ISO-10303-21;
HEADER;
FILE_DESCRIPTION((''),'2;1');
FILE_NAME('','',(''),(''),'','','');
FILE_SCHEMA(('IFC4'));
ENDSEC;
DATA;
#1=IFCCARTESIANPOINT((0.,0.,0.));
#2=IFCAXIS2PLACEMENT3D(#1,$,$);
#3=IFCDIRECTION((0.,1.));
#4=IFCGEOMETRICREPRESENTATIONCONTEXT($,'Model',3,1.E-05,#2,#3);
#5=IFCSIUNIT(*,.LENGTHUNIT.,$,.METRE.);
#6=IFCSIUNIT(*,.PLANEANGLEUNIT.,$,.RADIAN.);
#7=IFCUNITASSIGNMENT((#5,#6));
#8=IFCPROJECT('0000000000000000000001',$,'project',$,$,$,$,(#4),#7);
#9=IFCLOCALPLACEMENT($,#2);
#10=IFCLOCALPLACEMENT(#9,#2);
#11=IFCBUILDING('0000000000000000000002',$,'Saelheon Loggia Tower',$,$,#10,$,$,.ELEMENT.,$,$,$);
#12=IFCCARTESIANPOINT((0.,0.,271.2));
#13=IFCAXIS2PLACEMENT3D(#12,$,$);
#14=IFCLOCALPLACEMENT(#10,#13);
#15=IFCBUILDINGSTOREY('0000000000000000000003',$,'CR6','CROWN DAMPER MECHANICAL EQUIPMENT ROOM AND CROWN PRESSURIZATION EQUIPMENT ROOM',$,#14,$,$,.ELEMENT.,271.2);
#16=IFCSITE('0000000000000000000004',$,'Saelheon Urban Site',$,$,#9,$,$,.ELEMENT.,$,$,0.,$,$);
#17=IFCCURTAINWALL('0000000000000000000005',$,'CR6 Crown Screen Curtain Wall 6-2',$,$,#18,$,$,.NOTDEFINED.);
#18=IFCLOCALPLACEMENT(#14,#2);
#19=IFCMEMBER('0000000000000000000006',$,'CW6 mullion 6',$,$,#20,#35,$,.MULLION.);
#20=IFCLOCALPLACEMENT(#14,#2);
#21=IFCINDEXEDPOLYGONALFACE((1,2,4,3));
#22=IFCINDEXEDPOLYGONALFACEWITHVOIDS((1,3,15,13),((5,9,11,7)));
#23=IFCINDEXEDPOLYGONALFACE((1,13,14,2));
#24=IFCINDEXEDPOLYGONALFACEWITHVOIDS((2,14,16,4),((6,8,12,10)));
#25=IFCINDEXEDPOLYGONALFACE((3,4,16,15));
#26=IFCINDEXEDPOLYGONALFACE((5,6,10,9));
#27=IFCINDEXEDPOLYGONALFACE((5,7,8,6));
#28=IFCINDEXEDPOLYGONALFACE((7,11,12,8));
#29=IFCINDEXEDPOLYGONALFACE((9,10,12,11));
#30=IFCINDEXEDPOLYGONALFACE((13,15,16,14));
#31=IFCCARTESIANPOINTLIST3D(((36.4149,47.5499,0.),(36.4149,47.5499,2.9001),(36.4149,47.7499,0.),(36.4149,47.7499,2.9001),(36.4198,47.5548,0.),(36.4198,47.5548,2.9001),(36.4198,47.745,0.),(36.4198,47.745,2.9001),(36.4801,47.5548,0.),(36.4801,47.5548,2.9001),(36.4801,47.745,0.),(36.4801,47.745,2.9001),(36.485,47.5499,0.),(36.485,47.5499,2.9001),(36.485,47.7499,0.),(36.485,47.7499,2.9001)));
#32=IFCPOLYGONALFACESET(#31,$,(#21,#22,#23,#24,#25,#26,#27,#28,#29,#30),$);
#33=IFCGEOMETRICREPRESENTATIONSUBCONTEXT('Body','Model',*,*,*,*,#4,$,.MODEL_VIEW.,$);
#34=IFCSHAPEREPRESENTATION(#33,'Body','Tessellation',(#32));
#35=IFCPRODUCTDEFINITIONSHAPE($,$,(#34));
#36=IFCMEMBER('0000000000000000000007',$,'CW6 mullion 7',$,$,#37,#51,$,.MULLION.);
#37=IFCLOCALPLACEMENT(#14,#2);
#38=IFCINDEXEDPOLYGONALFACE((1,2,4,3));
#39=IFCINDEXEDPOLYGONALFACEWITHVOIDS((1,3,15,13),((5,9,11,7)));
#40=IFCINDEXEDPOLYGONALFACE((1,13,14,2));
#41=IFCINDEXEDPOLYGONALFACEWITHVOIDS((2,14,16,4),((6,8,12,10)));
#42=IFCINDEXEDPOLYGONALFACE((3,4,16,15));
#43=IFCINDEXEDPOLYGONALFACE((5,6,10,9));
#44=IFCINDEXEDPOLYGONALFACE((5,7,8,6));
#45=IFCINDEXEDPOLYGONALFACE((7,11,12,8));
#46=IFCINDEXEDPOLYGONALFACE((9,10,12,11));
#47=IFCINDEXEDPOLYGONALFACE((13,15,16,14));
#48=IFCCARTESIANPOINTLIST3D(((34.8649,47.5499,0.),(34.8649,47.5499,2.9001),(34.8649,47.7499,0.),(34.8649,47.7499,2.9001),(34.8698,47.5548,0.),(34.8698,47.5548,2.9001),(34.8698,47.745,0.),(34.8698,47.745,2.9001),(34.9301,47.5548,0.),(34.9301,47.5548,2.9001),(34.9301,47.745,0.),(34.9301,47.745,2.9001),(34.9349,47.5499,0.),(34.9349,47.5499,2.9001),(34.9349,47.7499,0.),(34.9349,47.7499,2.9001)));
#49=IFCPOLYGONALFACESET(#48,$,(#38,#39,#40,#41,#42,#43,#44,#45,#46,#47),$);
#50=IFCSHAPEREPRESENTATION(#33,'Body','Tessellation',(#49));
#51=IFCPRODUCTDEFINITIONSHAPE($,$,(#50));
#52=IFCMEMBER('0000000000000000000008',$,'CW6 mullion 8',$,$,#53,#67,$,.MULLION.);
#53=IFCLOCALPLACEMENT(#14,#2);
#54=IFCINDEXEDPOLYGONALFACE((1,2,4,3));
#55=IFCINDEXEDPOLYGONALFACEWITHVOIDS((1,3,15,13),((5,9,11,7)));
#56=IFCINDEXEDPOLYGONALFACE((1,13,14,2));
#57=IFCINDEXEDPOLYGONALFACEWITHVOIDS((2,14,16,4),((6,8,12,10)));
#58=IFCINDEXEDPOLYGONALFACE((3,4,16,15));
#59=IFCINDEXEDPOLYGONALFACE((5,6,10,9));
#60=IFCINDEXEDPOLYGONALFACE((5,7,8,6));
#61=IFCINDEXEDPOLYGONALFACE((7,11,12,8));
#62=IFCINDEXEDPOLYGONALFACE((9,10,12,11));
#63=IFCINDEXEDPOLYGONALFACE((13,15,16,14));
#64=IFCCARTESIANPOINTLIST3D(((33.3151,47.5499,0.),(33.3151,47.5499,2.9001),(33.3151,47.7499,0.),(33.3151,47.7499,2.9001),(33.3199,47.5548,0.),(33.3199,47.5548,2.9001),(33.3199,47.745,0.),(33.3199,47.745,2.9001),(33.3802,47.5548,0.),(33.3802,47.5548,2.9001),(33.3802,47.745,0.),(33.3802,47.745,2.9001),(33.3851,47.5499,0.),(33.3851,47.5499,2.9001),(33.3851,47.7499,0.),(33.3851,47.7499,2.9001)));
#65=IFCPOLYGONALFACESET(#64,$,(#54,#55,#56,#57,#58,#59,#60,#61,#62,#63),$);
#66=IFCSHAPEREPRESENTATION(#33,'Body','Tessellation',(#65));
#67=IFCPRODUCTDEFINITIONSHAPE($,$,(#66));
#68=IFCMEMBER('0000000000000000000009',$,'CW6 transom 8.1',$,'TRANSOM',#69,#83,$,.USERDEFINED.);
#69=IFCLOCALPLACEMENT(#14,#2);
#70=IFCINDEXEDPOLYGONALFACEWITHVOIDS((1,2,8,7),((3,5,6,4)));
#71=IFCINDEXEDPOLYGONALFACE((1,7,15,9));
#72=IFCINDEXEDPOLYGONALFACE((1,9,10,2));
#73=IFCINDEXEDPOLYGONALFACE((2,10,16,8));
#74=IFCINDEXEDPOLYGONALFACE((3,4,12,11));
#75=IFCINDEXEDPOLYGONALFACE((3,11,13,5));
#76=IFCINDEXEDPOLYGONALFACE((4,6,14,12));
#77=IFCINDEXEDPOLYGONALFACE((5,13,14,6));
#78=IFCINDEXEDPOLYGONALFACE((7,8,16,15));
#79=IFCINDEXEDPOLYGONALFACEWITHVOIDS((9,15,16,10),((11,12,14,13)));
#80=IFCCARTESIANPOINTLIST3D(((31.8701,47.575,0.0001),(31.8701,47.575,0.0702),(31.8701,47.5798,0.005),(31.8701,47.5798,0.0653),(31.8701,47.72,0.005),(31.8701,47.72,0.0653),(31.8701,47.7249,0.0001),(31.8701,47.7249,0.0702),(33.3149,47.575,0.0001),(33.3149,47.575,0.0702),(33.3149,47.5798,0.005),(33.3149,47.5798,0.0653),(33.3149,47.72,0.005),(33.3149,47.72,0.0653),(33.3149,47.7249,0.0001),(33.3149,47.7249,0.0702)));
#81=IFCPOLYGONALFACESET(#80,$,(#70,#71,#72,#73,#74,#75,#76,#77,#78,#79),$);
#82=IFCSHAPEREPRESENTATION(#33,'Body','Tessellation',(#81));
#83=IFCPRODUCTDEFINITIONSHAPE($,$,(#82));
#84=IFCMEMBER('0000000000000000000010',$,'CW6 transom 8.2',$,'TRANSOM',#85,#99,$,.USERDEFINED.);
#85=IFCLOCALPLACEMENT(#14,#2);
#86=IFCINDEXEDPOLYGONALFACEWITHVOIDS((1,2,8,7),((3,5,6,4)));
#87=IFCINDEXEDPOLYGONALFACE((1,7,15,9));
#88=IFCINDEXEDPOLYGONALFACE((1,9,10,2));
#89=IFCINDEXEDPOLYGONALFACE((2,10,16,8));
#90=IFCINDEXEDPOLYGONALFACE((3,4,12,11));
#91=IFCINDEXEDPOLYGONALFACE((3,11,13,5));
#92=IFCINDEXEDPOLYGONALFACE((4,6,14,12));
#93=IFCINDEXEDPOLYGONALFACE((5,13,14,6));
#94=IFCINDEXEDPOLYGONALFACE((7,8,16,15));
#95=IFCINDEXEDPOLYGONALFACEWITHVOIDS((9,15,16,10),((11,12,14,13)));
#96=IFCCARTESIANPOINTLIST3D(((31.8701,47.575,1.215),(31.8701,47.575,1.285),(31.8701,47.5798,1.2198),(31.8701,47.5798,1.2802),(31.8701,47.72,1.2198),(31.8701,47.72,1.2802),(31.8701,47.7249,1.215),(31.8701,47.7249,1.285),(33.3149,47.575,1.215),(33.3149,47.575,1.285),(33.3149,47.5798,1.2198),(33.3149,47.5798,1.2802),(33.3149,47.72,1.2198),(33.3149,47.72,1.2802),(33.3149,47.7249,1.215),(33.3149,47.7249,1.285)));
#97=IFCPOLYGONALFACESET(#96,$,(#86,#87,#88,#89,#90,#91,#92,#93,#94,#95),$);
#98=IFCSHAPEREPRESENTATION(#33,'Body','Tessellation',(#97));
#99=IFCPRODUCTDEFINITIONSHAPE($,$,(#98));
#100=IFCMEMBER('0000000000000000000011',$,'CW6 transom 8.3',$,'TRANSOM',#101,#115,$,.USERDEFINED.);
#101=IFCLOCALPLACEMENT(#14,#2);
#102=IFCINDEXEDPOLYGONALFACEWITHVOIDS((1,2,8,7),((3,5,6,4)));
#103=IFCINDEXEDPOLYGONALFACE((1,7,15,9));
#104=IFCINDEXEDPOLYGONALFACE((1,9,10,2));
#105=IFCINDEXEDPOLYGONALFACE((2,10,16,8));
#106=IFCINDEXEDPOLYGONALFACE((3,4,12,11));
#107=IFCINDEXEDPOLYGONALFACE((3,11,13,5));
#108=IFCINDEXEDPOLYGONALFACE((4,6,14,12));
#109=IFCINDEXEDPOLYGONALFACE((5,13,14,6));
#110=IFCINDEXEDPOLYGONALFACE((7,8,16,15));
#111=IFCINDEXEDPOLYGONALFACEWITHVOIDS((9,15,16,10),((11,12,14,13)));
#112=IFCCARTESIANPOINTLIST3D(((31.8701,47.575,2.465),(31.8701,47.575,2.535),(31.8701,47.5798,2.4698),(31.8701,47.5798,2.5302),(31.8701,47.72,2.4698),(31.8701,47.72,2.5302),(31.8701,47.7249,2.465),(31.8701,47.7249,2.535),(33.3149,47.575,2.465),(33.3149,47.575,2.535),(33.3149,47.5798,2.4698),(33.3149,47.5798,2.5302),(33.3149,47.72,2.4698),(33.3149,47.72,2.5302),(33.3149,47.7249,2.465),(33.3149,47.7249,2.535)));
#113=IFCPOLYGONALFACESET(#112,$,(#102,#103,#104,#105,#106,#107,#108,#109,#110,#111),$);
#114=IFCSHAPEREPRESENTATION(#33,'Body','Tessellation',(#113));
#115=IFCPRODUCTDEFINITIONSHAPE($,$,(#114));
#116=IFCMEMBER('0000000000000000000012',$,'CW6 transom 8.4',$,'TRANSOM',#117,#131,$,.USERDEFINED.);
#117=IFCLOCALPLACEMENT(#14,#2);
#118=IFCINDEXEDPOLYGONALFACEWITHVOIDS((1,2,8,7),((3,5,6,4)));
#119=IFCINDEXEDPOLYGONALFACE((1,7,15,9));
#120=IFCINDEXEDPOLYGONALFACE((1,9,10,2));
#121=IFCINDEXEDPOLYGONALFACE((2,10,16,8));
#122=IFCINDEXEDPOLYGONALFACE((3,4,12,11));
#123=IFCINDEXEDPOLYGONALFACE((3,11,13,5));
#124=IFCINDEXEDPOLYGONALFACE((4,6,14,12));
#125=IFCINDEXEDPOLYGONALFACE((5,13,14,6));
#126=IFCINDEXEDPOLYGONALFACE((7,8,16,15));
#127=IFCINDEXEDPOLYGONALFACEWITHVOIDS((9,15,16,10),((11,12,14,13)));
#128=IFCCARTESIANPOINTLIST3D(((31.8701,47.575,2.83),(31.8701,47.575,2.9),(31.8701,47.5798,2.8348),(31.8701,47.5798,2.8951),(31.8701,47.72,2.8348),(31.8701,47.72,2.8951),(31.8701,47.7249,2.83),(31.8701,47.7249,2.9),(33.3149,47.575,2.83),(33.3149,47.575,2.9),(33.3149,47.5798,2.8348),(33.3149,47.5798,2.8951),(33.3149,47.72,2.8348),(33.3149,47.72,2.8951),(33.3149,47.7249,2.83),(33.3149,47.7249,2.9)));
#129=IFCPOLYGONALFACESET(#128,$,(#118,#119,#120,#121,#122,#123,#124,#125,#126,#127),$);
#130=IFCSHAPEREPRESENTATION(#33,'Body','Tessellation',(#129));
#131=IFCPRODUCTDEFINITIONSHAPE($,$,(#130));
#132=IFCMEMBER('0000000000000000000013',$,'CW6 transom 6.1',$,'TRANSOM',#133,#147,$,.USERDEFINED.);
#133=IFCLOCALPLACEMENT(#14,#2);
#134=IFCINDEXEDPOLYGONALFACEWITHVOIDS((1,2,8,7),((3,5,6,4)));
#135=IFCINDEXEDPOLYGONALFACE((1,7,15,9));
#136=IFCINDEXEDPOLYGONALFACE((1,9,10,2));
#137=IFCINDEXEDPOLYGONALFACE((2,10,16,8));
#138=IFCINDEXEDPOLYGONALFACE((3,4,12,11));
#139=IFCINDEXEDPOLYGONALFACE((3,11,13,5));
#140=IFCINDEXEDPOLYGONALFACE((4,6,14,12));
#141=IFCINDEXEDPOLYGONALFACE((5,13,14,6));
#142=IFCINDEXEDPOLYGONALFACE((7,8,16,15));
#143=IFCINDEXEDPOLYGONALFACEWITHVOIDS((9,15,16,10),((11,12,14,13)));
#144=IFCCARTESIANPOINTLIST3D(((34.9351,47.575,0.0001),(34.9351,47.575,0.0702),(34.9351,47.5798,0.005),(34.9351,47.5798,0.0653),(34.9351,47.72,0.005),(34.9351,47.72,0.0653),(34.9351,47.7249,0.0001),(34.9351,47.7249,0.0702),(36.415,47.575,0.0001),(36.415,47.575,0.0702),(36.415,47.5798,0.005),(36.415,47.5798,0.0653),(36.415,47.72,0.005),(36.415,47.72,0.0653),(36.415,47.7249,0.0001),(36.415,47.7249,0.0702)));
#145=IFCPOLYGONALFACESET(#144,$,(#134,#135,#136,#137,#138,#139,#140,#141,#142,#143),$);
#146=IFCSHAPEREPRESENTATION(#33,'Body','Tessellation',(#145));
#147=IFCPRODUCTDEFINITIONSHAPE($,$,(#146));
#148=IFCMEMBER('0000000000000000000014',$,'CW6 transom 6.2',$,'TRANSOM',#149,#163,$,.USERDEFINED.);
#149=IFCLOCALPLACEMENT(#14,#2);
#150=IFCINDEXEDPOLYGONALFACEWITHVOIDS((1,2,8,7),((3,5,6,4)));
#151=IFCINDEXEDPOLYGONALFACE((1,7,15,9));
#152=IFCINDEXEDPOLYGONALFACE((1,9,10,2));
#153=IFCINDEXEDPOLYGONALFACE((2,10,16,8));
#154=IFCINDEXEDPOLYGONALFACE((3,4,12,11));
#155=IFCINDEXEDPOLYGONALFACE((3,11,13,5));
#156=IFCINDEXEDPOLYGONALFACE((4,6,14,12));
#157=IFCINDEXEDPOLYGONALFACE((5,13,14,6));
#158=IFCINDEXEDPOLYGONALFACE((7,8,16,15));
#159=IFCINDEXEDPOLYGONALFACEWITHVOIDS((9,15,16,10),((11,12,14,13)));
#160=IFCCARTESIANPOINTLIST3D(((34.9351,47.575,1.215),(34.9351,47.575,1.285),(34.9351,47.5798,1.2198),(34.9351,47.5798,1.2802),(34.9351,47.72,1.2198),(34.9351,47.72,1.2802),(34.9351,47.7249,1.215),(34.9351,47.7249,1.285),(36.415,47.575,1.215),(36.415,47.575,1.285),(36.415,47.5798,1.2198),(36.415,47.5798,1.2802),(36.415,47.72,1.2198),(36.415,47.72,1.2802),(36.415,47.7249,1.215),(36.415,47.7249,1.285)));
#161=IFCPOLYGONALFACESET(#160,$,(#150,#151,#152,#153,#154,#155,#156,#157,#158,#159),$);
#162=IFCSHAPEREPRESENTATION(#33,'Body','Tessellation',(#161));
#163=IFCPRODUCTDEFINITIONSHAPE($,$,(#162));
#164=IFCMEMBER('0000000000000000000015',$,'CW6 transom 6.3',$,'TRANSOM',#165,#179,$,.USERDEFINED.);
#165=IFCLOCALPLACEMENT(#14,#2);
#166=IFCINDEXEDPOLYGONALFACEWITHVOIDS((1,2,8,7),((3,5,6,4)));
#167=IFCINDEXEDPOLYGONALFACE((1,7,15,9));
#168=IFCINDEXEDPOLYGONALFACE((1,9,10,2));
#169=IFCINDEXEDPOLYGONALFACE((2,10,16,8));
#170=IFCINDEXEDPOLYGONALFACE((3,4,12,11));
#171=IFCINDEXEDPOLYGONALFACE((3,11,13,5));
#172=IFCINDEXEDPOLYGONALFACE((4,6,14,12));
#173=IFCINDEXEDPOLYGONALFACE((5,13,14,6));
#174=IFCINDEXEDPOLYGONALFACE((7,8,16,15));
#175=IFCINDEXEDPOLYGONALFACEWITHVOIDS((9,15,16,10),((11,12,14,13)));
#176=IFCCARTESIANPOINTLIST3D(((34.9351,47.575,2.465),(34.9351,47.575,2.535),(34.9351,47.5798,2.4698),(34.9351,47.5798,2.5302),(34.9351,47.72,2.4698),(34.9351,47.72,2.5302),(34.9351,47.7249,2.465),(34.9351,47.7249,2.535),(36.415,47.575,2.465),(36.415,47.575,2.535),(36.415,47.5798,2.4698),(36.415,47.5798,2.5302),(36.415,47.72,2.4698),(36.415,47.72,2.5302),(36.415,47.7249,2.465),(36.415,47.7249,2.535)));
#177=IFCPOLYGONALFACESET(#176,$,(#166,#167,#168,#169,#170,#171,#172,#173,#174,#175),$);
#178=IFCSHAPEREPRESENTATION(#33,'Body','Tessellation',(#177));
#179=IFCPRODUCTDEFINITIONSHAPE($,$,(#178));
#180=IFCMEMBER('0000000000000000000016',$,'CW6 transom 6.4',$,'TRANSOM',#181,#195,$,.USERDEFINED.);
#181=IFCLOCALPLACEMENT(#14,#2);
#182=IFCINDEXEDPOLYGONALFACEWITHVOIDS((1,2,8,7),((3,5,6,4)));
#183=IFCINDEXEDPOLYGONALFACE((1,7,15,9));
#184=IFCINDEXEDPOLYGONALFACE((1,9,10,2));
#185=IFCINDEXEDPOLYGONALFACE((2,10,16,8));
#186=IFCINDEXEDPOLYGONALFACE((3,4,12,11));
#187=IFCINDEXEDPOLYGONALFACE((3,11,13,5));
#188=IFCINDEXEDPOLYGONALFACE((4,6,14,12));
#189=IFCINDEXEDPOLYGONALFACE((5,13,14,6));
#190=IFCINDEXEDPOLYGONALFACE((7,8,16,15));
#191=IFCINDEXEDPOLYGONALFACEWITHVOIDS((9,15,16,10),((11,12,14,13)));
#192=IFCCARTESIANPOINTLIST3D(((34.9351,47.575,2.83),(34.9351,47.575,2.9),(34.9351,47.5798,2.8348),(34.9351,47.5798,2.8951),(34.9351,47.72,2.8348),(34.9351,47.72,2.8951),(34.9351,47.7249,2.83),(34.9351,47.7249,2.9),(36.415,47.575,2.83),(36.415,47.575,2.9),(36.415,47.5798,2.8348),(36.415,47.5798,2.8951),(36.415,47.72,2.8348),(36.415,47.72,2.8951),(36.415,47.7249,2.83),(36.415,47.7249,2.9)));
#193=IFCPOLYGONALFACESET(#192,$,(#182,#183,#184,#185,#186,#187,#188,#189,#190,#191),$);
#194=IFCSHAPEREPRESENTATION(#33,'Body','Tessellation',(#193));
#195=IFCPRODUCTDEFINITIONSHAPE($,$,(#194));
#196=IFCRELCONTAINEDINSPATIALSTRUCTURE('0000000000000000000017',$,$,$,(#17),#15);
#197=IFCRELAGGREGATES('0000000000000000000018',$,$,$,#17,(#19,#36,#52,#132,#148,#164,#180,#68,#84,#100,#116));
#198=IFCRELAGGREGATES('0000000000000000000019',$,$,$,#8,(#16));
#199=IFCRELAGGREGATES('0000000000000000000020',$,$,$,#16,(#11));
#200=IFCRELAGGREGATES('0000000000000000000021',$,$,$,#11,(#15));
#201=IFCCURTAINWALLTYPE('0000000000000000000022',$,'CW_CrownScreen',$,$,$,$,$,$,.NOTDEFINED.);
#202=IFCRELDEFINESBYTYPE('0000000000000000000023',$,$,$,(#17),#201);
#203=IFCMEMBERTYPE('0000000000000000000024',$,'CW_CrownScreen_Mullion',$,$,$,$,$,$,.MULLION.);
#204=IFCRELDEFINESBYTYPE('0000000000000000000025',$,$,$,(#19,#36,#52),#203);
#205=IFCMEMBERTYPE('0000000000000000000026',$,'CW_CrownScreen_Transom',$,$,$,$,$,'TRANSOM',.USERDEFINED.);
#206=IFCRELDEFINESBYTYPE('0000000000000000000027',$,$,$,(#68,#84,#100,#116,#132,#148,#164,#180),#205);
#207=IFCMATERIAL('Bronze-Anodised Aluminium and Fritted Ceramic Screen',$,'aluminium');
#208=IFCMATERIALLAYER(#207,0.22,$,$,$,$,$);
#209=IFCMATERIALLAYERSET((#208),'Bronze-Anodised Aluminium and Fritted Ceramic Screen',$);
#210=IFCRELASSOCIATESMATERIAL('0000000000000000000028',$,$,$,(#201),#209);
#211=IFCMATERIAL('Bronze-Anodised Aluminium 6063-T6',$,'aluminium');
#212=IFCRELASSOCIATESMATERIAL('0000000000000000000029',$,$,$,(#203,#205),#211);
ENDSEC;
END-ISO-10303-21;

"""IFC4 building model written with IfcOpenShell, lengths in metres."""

from ifc_helpers import new_model, si_unit, direction, frame, origin, origin_2d, place, context, subcontext, project, spatial, hollow_rectangle, extrude, source, transform, mapped, material, layer, layer_set, material_profile, profile_set, type_object, element, aggregate, save


model = new_model("IFC4")

# Units and contexts
model_context = context("Model", 3, precision=1e-05, world=origin(), true_north=direction((0.0, 1.0)))
body_context = subcontext(model_context, "Body", "Model", "MODEL_VIEW")
ifc_project = project(units=[si_unit("LENGTHUNIT", "METRE"), si_unit("PLANEANGLEUNIT", "RADIAN")], contexts=[model_context])

# Site, building, storey
site_placement = place(None, origin())
site = spatial("IfcSite", under=ifc_project, at=site_placement, Name="Saelheon Urban Site", CompositionType="ELEMENT", RefElevation=0.0)
building_placement = place(site_placement, origin())
building = spatial("IfcBuilding", under=site, at=building_placement, Name="Saelheon Loggia Tower", CompositionType="ELEMENT")
storey_placement = place(building_placement, frame((0.0, 0.0, 271.2)))
storey = spatial("IfcBuildingStorey", under=building, at=storey_placement, Name="CR6", Description="CROWN DAMPER MECHANICAL EQUIPMENT ROOM AND CROWN PRESSURIZATION EQUIPMENT ROOM", CompositionType="ELEMENT", Elevation=271.2)

# Curtain wall, members
ifc_material_1 = material(Name="Bronze-Anodised Aluminium and Fritted Ceramic Screen", Category="aluminium")
ifc_layer_1 = layer(ifc_material_1, 0.22)
ifc_layer_set_1 = layer_set([ifc_layer_1], Name="Bronze-Anodised Aluminium and Fritted Ceramic Screen")
curtain_wall_type = type_object("IfcCurtainWallType", Name="CW_CrownScreen", PredefinedType="NOTDEFINED", material=ifc_layer_set_1)
curtain_wall_placement = place(storey_placement, origin())
curtain_wall = element("IfcCurtainWall", 1, at=curtain_wall_placement, inside=storey, type_object=curtain_wall_type, Name="CR6 Crown Screen Curtain Wall 6-2", PredefinedType="NOTDEFINED")
ifc_material_2 = material(Name="Bronze-Anodised Aluminium 6063-T6", Category="aluminium")
ifc_material_profile_1 = material_profile(ifc_material_2, hollow_rectangle(XDim=0.0701, YDim=0.2, WallThickness=0.0049, at=origin_2d()), Name="RHS-200x70x5")
ifc_profile_set_1 = profile_set([ifc_material_profile_1], Name="Bronze-Anodised Aluminium 6063-T6")
member_type_1 = type_object("IfcMemberType", Name="CW_CrownScreen_Mullion", PredefinedType="MULLION", material=ifc_profile_set_1)
shared_shape_1 = source(origin(), body_context, "Body", "SweptSolid", [
    extrude(hollow_rectangle(XDim=0.0701, YDim=0.2, WallThickness=0.0049, at=origin_2d()), origin(), (0.0, 0.0, 1.0), 2.9001),
])
member_1_placement = place(storey_placement, frame((36.45, 47.6499, 0.0), z_axis=(0.0, 0.0, 1.0), x_axis=(-1.0, 0.0, 0.0)))
member_1 = element("IfcMember", 2, at=member_1_placement, type_object=member_type_1, Name="CW6 mullion 6", PredefinedType="MULLION", context=body_context, shape_type="MappedRepresentation", body=[
    mapped(shared_shape_1, transform((0.0, 0.0, 0.0), scale=1.0)),
])
member_2_placement = place(storey_placement, frame((34.8999, 47.6499, 0.0), z_axis=(0.0, 0.0, 1.0), x_axis=(-1.0, 0.0, 0.0)))
member_2 = element("IfcMember", 3, at=member_2_placement, type_object=member_type_1, Name="CW6 mullion 7", PredefinedType="MULLION", context=body_context, shape_type="MappedRepresentation", body=[
    mapped(shared_shape_1, transform((0.0, 0.0, 0.0), scale=1.0)),
])
member_3_placement = place(storey_placement, frame((33.3501, 47.6499, 0.0), z_axis=(0.0, 0.0, 1.0), x_axis=(-1.0, 0.0, 0.0)))
member_3 = element("IfcMember", 4, at=member_3_placement, type_object=member_type_1, Name="CW6 mullion 8", PredefinedType="MULLION", context=body_context, shape_type="MappedRepresentation", body=[
    mapped(shared_shape_1, transform((0.0, 0.0, 0.0), scale=1.0)),
])
ifc_material_profile_2 = material_profile(ifc_material_2, hollow_rectangle(XDim=0.0701, YDim=0.1499, WallThickness=0.0049, at=origin_2d()), Name="RHS-150x70x5")
ifc_profile_set_2 = profile_set([ifc_material_profile_2], Name="Bronze-Anodised Aluminium 6063-T6")
member_type_2 = type_object("IfcMemberType", Name="CW_CrownScreen_Transom", ElementType="TRANSOM", PredefinedType="USERDEFINED", material=ifc_profile_set_2)
shared_shape_2 = source(origin(), body_context, "Body", "SweptSolid", [
    extrude(hollow_rectangle(XDim=0.0701, YDim=0.1499, WallThickness=0.0049, at=origin_2d()), origin(), (0.0, 0.0, 1.0), 1.4448),
])
member_4_placement = place(storey_placement, frame((33.3149, 47.6499, 0.0352), z_axis=(-1.0, 0.0, 0.0), x_axis=(0.0, 0.0, 1.0)))
member_4 = element("IfcMember", 5, at=member_4_placement, type_object=member_type_2, Name="CW6 transom 8.1", ObjectType="TRANSOM", PredefinedType="USERDEFINED", context=body_context, shape_type="MappedRepresentation", body=[
    mapped(shared_shape_2, transform((0.0, 0.0, 0.0), scale=1.0)),
])
member_5_placement = place(storey_placement, frame((33.3149, 47.6499, 1.25), z_axis=(-1.0, 0.0, 0.0), x_axis=(0.0, 0.0, 1.0)))
member_5 = element("IfcMember", 6, at=member_5_placement, type_object=member_type_2, Name="CW6 transom 8.2", ObjectType="TRANSOM", PredefinedType="USERDEFINED", context=body_context, shape_type="MappedRepresentation", body=[
    mapped(shared_shape_2, transform((0.0, 0.0, 0.0), scale=1.0)),
])
member_6_placement = place(storey_placement, frame((33.3149, 47.6499, 2.5), z_axis=(-1.0, 0.0, 0.0), x_axis=(0.0, 0.0, 1.0)))
member_6 = element("IfcMember", 7, at=member_6_placement, type_object=member_type_2, Name="CW6 transom 8.3", ObjectType="TRANSOM", PredefinedType="USERDEFINED", context=body_context, shape_type="MappedRepresentation", body=[
    mapped(shared_shape_2, transform((0.0, 0.0, 0.0), scale=1.0)),
])
member_7_placement = place(storey_placement, frame((33.3149, 47.6499, 2.865), z_axis=(-1.0, 0.0, 0.0), x_axis=(0.0, 0.0, 1.0)))
member_7 = element("IfcMember", 8, at=member_7_placement, type_object=member_type_2, Name="CW6 transom 8.4", ObjectType="TRANSOM", PredefinedType="USERDEFINED", context=body_context, shape_type="MappedRepresentation", body=[
    mapped(shared_shape_2, transform((0.0, 0.0, 0.0), scale=1.0)),
])
shared_shape_3 = source(origin(), body_context, "Body", "SweptSolid", [
    extrude(hollow_rectangle(XDim=0.0701, YDim=0.1499, WallThickness=0.0049, at=origin_2d()), origin(), (0.0, 0.0, 1.0), 1.48),
])
member_8_placement = place(storey_placement, frame((36.415, 47.6499, 0.0352), z_axis=(-1.0, 0.0, 0.0), x_axis=(0.0, 0.0, 1.0)))
member_8 = element("IfcMember", 9, at=member_8_placement, type_object=member_type_2, Name="CW6 transom 6.1", ObjectType="TRANSOM", PredefinedType="USERDEFINED", context=body_context, shape_type="MappedRepresentation", body=[
    mapped(shared_shape_3, transform((0.0, 0.0, 0.0), scale=1.0)),
])
member_9_placement = place(storey_placement, frame((36.415, 47.6499, 1.25), z_axis=(-1.0, 0.0, 0.0), x_axis=(0.0, 0.0, 1.0)))
member_9 = element("IfcMember", 10, at=member_9_placement, type_object=member_type_2, Name="CW6 transom 6.2", ObjectType="TRANSOM", PredefinedType="USERDEFINED", context=body_context, shape_type="MappedRepresentation", body=[
    mapped(shared_shape_3, transform((0.0, 0.0, 0.0), scale=1.0)),
])
member_10_placement = place(storey_placement, frame((36.415, 47.6499, 2.5), z_axis=(-1.0, 0.0, 0.0), x_axis=(0.0, 0.0, 1.0)))
member_10 = element("IfcMember", 11, at=member_10_placement, type_object=member_type_2, Name="CW6 transom 6.3", ObjectType="TRANSOM", PredefinedType="USERDEFINED", context=body_context, shape_type="MappedRepresentation", body=[
    mapped(shared_shape_3, transform((0.0, 0.0, 0.0), scale=1.0)),
])
member_11_placement = place(storey_placement, frame((36.415, 47.6499, 2.865), z_axis=(-1.0, 0.0, 0.0), x_axis=(0.0, 0.0, 1.0)))
member_11 = element("IfcMember", 12, at=member_11_placement, type_object=member_type_2, Name="CW6 transom 6.4", ObjectType="TRANSOM", PredefinedType="USERDEFINED", context=body_context, shape_type="MappedRepresentation", body=[
    mapped(shared_shape_3, transform((0.0, 0.0, 0.0), scale=1.0)),
])
aggregate(curtain_wall, [member_1, member_2, member_3, member_8, member_9, member_10, member_11, member_4, member_5, member_6, member_7])

save(model, "model.ifc")
